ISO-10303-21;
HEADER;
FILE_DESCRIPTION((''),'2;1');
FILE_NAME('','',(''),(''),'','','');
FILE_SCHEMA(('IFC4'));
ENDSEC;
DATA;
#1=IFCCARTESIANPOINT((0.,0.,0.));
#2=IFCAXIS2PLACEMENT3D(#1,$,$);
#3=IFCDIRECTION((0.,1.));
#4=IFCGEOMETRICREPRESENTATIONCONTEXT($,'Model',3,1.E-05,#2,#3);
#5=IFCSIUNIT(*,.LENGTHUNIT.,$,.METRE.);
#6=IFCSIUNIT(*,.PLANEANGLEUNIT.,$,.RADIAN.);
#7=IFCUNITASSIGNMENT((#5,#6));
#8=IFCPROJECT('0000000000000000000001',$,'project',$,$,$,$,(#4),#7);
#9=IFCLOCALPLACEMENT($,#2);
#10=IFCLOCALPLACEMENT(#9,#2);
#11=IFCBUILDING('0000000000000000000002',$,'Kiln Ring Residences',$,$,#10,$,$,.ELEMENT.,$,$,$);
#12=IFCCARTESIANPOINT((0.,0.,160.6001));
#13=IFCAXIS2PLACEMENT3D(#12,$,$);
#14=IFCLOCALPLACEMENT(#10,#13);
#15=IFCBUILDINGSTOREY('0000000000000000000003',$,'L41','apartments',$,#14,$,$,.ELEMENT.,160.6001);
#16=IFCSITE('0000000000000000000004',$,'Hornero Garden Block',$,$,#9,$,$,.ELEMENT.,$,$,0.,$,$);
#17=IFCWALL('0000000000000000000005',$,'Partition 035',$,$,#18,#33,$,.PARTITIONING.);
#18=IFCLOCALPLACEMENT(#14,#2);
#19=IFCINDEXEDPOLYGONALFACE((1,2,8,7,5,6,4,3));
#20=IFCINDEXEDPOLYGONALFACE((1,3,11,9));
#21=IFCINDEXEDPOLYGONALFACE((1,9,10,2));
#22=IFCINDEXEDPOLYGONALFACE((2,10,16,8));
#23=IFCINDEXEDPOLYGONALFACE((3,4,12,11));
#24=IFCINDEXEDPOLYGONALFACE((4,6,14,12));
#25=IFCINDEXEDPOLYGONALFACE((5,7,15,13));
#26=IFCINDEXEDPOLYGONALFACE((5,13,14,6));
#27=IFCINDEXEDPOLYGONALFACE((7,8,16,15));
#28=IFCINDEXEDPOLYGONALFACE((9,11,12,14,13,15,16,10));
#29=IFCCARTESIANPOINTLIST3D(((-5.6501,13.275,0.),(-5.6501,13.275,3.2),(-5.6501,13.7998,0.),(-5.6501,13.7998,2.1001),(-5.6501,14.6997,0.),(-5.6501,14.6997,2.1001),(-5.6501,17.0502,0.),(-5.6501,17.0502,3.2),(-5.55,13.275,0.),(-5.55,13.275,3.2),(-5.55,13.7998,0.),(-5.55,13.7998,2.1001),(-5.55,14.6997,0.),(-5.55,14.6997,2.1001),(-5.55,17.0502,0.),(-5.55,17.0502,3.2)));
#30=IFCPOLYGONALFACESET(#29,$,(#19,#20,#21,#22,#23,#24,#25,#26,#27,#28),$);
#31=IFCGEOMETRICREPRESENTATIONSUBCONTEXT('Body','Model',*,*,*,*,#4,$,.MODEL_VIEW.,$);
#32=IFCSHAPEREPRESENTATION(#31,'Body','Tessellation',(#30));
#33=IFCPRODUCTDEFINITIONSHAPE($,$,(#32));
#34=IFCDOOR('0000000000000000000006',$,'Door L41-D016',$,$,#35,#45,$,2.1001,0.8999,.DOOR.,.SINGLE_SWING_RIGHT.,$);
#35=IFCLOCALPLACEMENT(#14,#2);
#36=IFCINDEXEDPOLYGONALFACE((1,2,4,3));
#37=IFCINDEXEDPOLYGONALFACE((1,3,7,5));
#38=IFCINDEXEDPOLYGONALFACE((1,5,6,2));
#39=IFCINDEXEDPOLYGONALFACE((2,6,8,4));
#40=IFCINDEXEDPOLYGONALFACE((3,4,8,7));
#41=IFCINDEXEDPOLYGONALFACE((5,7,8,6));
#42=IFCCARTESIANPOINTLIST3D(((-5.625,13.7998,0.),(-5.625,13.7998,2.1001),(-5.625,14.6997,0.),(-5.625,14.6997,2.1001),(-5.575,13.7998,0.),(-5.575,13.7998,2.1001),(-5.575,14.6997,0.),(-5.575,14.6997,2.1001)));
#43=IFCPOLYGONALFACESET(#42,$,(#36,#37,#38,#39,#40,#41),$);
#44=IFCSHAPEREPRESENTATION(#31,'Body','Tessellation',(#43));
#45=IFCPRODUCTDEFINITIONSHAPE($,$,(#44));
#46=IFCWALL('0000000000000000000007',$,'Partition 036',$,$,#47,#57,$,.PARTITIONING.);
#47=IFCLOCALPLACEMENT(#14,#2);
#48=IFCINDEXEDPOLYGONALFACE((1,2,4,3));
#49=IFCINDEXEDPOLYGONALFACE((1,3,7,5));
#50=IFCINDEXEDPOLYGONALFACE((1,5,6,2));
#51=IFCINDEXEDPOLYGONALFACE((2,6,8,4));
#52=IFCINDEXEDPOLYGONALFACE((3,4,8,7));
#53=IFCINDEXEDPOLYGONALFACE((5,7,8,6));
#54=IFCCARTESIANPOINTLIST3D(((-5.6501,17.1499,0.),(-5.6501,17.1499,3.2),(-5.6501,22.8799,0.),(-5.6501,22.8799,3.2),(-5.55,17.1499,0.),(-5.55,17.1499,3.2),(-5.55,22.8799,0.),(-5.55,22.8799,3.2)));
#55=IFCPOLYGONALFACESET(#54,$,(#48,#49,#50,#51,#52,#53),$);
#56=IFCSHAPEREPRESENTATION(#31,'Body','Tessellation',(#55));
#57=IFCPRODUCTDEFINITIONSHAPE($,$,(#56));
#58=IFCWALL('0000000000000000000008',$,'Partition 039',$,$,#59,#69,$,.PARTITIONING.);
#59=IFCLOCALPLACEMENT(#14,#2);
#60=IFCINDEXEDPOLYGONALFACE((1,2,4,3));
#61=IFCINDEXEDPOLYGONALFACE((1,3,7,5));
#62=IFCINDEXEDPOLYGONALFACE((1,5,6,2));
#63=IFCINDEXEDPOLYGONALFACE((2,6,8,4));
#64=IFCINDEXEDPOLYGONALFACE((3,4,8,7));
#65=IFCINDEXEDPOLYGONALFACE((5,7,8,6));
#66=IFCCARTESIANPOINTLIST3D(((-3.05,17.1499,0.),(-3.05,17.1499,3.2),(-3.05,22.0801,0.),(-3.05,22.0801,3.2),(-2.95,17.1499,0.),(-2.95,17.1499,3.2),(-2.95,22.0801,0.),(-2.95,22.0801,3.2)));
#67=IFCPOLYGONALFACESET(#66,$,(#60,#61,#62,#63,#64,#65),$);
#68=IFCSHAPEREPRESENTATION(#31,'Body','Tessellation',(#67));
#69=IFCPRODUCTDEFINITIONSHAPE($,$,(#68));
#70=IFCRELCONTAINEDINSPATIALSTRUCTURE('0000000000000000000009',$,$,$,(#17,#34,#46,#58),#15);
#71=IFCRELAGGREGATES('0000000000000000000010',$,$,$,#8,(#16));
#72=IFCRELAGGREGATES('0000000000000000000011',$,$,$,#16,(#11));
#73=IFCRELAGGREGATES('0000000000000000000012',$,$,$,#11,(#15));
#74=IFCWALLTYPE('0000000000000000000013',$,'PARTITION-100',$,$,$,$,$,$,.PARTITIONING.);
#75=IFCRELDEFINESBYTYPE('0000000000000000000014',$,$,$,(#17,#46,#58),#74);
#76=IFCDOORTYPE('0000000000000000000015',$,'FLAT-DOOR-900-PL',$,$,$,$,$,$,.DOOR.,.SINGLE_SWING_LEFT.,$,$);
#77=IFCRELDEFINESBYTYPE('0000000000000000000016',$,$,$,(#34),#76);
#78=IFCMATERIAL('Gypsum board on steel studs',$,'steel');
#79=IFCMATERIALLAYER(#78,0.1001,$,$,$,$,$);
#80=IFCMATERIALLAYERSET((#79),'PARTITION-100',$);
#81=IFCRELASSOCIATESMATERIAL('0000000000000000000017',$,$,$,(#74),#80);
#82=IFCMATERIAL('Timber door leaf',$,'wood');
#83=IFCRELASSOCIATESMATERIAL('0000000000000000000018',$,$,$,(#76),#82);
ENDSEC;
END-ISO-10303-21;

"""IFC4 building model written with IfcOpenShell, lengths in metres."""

from ifc_helpers import new_model, si_unit, direction, frame, frame_2d, origin, place, context, subcontext, project, spatial, rectangle, extrude, material, layer, layer_set, type_object, element, fill, save


model = new_model("IFC4")

# Units and contexts
model_context = context("Model", 3, precision=1e-05, world=origin(), true_north=direction((0.0, 1.0)))
body_context = subcontext(model_context, "Body", "Model", "MODEL_VIEW")
ifc_project = project(units=[si_unit("LENGTHUNIT", "METRE"), si_unit("PLANEANGLEUNIT", "RADIAN")], contexts=[model_context])

# Site, building, storey
site_placement = place(None, origin())
site = spatial("IfcSite", under=ifc_project, at=site_placement, Name="Hornero Garden Block", CompositionType="ELEMENT", RefElevation=0.0)
building_placement = place(site_placement, origin())
building = spatial("IfcBuilding", under=site, at=building_placement, Name="Kiln Ring Residences", CompositionType="ELEMENT")
storey_placement = place(building_placement, frame((0.0, 0.0, 160.6001)))
storey = spatial("IfcBuildingStorey", under=building, at=storey_placement, Name="L41", Description="apartments", CompositionType="ELEMENT", Elevation=160.6001)

# Wall, opening, door
ifc_material_1 = material(Name="Gypsum board on steel studs", Category="steel")
ifc_layer_1 = layer(ifc_material_1, 0.1001)
ifc_layer_set_1 = layer_set([ifc_layer_1], Name="PARTITION-100")
wall_type_1 = type_object("IfcWallType", Name="PARTITION-100", PredefinedType="PARTITIONING", material=ifc_layer_set_1)
wall_1_placement = place(storey_placement, frame((-5.6001, 13.2749, 0.0), z_axis=(0.0, 0.0, 1.0), x_axis=(0.0, 1.0, 0.0)))
wall_1 = element("IfcWall", 1, at=wall_1_placement, inside=storey, type_object=wall_type_1, Name="Partition 035", PredefinedType="PARTITIONING", context=body_context, shape_type="SweptSolid", body=[
    extrude(rectangle(XDim=3.7751, YDim=0.1001, at=frame_2d((1.8877, 0.0))), origin(), (0.0, 0.0, 1.0), 3.2),
])
opening_1_placement = place(wall_1_placement, frame((0.5249, 0.0, 0.0)))
opening_1 = element("IfcOpeningElement", 2, at=opening_1_placement, cuts=wall_1, PredefinedType="OPENING", context=body_context, shape_type="SweptSolid", body=[
    extrude(rectangle(XDim=0.8999, YDim=2.1001, at=frame_2d((0.45, 1.05))), frame((0.0, 0.0601, 0.0), z_axis=(0.0, -1.0, 0.0), x_axis=(1.0, 0.0, 0.0)), (0.0, 0.0, 1.0), 0.1201),
])
ifc_material_2 = material(Name="Timber door leaf", Category="wood")
door_type = type_object("IfcDoorType", Name="FLAT-DOOR-900-PL", OperationType="SINGLE_SWING_LEFT", PredefinedType="DOOR", material=ifc_material_2)
door_placement = place(opening_1_placement, origin())
door = element("IfcDoor", 3, at=door_placement, inside=storey, type_object=door_type, Name="Door L41-D016", OperationType="SINGLE_SWING_RIGHT", OverallHeight=2.1001, OverallWidth=0.8999, PredefinedType="DOOR", context=body_context, shape_type="SweptSolid", body=[
    extrude(rectangle(XDim=0.8999, YDim=2.1001, at=frame_2d((0.45, 1.05))), frame((0.0, 0.0249, 0.0), z_axis=(0.0, -1.0, 0.0), x_axis=(1.0, 0.0, 0.0)), (0.0, 0.0, 1.0), 0.05),
])
fill(opening_1, door)

# Walls
wall_2_placement = place(storey_placement, frame((-5.6001, 17.1499, 0.0), z_axis=(0.0, 0.0, 1.0), x_axis=(0.0, 1.0, 0.0)))
element("IfcWall", 4, at=wall_2_placement, inside=storey, type_object=wall_type_1, Name="Partition 036", PredefinedType="PARTITIONING", context=body_context, shape_type="SweptSolid", body=[
    extrude(rectangle(XDim=5.73, YDim=0.1001, at=frame_2d((2.865, 0.0))), origin(), (0.0, 0.0, 1.0), 3.2),
])
wall_3_placement = place(storey_placement, frame((-3.0, 17.1499, 0.0), z_axis=(0.0, 0.0, 1.0), x_axis=(0.0, 1.0, 0.0)))
element("IfcWall", 5, at=wall_3_placement, inside=storey, type_object=wall_type_1, Name="Partition 039", PredefinedType="PARTITIONING", context=body_context, shape_type="SweptSolid", body=[
    extrude(rectangle(XDim=4.9302, YDim=0.1001, at=frame_2d((2.4651, 0.0))), origin(), (0.0, 0.0, 1.0), 3.2),
])

save(model, "model.ifc")
